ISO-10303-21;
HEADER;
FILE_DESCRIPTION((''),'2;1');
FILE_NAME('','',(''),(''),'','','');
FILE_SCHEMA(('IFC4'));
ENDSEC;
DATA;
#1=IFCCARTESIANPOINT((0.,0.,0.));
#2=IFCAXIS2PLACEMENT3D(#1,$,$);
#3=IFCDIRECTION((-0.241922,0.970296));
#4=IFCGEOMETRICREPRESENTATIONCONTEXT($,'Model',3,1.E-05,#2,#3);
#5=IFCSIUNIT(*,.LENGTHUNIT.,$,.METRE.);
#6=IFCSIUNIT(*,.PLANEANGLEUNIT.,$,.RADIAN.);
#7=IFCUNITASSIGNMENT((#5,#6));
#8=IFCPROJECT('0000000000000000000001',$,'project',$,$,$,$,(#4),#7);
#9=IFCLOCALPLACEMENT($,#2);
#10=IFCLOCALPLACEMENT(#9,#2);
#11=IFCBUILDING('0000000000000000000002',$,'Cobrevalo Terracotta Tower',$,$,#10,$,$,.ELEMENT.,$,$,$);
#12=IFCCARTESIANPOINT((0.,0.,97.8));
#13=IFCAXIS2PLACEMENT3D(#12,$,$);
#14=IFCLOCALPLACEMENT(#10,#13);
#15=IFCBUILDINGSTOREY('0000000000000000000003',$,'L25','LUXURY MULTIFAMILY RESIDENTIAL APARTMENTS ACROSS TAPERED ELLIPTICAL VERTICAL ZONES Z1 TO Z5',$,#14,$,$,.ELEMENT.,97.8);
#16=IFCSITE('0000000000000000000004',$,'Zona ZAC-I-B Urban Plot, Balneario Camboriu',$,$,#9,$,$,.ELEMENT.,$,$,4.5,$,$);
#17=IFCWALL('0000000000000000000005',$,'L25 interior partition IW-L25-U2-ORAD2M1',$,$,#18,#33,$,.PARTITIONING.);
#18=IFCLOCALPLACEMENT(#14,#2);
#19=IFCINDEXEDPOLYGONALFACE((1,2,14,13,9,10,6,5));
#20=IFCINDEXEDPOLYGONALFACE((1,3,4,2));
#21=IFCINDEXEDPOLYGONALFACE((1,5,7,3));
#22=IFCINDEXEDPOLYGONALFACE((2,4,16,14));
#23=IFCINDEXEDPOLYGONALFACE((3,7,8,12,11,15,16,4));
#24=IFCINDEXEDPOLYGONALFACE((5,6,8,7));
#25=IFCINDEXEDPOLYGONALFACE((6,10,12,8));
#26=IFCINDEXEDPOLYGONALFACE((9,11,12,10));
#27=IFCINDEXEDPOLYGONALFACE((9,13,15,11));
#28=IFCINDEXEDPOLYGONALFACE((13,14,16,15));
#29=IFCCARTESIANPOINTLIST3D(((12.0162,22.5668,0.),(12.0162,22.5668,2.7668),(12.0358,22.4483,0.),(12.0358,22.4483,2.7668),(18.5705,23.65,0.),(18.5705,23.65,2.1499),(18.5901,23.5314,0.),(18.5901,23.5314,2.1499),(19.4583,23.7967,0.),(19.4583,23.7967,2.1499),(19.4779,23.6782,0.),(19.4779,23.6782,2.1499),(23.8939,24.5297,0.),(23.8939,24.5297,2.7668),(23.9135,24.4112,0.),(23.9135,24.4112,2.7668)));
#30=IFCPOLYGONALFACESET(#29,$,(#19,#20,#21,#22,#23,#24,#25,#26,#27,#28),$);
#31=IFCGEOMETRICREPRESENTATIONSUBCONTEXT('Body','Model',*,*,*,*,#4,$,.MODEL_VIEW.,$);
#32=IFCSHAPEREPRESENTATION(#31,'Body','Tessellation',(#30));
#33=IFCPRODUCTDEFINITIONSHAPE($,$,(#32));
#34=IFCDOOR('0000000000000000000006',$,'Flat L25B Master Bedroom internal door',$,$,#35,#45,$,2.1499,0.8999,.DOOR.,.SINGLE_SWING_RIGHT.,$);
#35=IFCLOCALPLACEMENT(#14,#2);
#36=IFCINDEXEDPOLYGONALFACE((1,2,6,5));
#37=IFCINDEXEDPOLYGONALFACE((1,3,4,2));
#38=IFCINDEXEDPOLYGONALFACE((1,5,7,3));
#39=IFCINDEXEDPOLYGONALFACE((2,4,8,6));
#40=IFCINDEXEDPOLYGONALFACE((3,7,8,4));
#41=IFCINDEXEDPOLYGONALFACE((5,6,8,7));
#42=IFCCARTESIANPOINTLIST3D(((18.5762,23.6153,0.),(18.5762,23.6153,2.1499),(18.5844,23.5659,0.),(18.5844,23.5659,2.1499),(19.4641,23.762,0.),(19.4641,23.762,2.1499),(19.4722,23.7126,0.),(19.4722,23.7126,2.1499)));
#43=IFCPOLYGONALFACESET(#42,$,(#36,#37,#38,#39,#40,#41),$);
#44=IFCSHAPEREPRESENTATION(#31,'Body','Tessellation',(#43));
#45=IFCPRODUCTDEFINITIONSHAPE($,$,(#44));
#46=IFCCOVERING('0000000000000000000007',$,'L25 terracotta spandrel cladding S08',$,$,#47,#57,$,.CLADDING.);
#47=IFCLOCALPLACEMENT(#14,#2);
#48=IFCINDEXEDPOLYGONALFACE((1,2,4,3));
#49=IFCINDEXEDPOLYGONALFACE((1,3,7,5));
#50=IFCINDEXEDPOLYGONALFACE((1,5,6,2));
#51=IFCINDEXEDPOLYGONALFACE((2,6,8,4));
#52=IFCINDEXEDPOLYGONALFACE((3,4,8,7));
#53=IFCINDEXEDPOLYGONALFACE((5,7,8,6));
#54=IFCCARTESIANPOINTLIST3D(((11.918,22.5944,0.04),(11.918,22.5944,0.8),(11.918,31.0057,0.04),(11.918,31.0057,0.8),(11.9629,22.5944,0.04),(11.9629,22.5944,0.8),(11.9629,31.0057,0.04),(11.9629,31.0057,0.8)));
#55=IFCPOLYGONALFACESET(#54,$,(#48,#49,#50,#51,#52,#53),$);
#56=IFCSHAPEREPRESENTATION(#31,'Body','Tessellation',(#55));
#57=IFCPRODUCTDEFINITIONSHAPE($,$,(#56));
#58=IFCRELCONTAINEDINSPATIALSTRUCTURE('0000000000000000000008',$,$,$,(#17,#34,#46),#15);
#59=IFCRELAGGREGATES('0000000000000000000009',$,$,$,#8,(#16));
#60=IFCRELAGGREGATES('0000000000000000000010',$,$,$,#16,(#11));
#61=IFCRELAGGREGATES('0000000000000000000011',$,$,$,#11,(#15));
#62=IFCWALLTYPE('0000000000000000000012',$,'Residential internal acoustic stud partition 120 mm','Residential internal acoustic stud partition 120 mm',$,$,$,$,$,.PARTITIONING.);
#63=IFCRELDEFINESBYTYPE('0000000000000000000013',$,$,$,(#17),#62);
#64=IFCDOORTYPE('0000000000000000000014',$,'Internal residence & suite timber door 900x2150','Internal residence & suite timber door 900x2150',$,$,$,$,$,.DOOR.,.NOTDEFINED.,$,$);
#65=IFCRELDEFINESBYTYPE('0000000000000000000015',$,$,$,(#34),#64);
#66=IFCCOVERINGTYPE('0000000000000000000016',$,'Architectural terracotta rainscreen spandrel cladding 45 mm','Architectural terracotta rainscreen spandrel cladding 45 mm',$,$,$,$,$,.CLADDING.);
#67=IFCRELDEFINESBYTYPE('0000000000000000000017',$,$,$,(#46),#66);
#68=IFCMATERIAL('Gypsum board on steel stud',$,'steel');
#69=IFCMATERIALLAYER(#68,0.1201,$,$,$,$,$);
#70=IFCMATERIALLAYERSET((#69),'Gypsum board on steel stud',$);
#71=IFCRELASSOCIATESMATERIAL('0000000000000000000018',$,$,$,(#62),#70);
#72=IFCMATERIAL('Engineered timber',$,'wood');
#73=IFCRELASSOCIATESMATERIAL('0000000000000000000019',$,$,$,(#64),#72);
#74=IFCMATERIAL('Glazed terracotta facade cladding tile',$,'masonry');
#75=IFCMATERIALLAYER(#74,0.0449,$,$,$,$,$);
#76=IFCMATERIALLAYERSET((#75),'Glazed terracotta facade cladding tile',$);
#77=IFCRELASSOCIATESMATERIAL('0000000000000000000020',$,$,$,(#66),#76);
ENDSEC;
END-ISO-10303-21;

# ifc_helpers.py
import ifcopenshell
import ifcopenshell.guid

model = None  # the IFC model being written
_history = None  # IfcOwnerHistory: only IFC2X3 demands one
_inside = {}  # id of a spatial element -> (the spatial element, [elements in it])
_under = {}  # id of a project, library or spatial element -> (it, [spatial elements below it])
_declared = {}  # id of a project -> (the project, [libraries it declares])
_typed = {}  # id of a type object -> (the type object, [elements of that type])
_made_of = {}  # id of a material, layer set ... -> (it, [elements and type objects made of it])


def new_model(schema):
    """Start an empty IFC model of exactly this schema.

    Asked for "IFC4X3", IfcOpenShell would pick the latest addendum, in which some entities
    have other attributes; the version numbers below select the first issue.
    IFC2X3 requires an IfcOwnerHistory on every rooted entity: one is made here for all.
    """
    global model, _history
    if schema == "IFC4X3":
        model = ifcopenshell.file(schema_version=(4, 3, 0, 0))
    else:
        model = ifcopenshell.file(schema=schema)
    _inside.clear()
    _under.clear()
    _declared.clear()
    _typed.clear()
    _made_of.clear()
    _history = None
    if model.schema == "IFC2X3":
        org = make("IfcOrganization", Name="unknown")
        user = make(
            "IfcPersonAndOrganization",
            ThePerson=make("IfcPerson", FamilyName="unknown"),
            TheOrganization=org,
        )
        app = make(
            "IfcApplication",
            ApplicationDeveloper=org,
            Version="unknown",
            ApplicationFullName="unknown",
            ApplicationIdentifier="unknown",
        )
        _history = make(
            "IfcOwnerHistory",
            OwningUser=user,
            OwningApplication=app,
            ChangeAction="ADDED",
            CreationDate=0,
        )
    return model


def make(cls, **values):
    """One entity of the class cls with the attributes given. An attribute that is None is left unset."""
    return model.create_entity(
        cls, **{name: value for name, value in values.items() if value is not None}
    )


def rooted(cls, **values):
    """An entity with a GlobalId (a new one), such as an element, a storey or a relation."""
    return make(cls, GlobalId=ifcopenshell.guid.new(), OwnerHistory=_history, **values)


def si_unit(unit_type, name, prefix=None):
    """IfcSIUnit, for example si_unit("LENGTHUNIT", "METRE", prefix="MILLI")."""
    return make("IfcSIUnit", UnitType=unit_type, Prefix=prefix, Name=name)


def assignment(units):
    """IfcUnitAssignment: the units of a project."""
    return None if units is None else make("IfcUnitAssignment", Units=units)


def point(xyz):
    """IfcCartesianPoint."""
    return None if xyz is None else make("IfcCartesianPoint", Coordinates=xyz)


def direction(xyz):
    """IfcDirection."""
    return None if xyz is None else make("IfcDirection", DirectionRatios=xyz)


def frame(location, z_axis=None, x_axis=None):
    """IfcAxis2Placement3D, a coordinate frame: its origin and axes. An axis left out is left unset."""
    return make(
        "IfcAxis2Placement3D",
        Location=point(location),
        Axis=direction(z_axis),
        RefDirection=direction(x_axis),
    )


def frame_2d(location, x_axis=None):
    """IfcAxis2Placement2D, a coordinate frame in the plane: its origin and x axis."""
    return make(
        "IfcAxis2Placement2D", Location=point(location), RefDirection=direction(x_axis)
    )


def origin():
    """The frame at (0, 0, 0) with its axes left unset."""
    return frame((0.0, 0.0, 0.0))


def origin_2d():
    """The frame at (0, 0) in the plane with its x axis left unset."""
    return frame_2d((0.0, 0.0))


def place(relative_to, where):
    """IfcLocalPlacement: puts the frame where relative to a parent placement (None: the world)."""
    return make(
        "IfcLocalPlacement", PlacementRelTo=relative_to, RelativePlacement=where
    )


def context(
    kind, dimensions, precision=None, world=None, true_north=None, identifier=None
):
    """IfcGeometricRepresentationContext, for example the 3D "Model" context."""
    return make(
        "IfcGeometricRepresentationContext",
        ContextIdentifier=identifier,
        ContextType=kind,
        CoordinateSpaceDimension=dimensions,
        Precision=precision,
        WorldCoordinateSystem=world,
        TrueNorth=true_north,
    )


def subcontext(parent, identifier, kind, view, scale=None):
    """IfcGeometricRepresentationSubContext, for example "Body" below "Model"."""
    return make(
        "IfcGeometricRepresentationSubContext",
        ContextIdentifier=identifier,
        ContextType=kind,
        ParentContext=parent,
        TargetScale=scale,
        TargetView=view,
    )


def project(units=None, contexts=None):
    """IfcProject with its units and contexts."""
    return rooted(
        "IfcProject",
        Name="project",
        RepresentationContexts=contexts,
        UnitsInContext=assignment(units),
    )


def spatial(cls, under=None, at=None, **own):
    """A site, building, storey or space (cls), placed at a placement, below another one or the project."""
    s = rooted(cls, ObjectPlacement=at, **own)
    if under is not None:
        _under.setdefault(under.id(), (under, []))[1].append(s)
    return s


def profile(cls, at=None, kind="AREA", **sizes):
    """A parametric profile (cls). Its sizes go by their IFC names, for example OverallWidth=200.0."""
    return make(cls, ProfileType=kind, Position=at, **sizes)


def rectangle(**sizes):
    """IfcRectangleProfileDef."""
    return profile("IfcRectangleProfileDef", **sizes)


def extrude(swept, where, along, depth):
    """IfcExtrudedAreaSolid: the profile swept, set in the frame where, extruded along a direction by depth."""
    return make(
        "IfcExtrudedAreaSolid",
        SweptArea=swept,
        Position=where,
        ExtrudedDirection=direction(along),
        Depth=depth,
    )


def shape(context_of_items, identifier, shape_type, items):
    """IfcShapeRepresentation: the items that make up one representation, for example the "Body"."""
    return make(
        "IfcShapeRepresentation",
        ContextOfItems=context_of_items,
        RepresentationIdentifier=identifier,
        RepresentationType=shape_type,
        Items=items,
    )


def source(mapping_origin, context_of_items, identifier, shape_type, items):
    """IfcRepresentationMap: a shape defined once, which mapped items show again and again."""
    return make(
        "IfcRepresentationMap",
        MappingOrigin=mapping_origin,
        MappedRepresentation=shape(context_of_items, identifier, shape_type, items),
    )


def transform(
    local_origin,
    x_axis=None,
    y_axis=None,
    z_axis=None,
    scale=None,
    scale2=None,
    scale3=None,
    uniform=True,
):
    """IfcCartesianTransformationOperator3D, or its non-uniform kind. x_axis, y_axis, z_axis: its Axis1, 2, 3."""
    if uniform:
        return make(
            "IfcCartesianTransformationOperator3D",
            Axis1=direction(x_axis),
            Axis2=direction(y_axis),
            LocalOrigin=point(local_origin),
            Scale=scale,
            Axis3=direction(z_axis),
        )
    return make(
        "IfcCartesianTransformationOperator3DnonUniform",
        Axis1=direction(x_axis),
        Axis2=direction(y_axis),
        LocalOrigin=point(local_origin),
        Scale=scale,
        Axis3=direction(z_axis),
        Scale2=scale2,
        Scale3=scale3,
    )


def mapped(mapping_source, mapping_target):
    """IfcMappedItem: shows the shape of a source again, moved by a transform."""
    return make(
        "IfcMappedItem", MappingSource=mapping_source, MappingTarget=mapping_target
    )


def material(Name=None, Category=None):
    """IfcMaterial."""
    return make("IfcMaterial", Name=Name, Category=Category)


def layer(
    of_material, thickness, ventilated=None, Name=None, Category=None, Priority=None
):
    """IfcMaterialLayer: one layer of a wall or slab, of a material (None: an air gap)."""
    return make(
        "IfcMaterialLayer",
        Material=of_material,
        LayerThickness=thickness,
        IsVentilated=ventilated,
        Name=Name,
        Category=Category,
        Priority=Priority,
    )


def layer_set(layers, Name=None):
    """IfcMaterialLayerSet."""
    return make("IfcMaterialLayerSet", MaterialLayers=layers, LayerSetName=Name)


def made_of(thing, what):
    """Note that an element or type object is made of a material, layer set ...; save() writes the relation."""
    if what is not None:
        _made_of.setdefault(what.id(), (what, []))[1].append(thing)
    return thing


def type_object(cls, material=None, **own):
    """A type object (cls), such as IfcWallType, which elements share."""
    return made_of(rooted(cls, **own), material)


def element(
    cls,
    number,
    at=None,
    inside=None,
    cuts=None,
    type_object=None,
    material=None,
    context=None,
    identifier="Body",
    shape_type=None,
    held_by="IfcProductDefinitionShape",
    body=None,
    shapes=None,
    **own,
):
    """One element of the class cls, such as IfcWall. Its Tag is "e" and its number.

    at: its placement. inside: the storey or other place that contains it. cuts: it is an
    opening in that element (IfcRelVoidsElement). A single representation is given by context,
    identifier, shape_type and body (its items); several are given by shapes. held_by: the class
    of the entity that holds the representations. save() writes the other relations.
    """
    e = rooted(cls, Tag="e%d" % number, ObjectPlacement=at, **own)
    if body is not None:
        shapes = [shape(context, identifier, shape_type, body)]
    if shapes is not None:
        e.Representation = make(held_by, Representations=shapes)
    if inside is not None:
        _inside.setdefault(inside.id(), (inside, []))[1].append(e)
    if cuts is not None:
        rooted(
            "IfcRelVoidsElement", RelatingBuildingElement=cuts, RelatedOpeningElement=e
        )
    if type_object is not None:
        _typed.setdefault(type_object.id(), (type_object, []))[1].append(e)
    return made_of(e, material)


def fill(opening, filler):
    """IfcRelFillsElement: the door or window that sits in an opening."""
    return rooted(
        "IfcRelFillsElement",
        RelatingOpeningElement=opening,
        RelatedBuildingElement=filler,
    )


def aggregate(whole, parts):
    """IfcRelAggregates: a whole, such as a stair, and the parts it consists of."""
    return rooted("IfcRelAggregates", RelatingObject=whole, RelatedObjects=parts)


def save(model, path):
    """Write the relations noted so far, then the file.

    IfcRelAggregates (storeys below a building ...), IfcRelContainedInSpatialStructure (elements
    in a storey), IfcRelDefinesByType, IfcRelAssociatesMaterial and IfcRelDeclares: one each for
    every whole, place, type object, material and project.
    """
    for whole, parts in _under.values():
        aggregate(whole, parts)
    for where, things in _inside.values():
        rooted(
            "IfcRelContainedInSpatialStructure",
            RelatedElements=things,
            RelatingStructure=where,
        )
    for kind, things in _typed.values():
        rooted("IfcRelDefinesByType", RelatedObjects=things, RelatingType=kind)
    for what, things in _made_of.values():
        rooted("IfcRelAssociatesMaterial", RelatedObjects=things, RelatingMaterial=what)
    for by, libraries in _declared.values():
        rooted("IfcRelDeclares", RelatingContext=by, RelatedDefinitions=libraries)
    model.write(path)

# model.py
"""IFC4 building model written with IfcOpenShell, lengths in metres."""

from ifc_helpers import new_model, si_unit, direction, frame, frame_2d, origin, origin_2d, place, context, subcontext, project, spatial, rectangle, extrude, source, transform, mapped, material, layer, layer_set, type_object, element, fill, save


model = new_model("IFC4")

# Units and contexts
model_context = context("Model", 3, precision=1e-05, world=origin(), true_north=direction((-0.241922, 0.970296)))
body_context = subcontext(model_context, "Body", "Model", "MODEL_VIEW")
ifc_project = project(units=[si_unit("LENGTHUNIT", "METRE"), si_unit("PLANEANGLEUNIT", "RADIAN")], contexts=[model_context])

# Site, building, storey
site_placement = place(None, origin())
site = spatial("IfcSite", under=ifc_project, at=site_placement, Name="Zona ZAC-I-B Urban Plot, Balneario Camboriu", CompositionType="ELEMENT", RefElevation=4.5)
building_placement = place(site_placement, origin())
building = spatial("IfcBuilding", under=site, at=building_placement, Name="Cobrevalo Terracotta Tower", CompositionType="ELEMENT")
storey_placement = place(building_placement, frame((0.0, 0.0, 97.8)))
storey = spatial("IfcBuildingStorey", under=building, at=storey_placement, Name="L25", Description="LUXURY MULTIFAMILY RESIDENTIAL APARTMENTS ACROSS TAPERED ELLIPTICAL VERTICAL ZONES Z1 TO Z5", CompositionType="ELEMENT", Elevation=97.8)

# Shared definitions
ifc_material_1 = material(Name="Gypsum board on steel stud", Category="steel")
ifc_layer_1 = layer(ifc_material_1, 0.1201)
ifc_layer_set_1 = layer_set([ifc_layer_1], Name="Gypsum board on steel stud")
wall_type_1 = type_object("IfcWallType", Name="Residential internal acoustic stud partition 120 mm", Description="Residential internal acoustic stud partition 120 mm", PredefinedType="PARTITIONING", material=ifc_layer_set_1)

# Wall, opening, door
ifc_material_2 = material(Name="Engineered timber", Category="wood")
door_type = type_object("IfcDoorType", Name="Internal residence & suite timber door 900x2150", Description="Internal residence & suite timber door 900x2150", OperationType="NOTDEFINED", PredefinedType="DOOR", material=ifc_material_2)
shared_shape_1 = source(origin(), body_context, "Body", "SweptSolid", [
    extrude(rectangle(XDim=0.8999, YDim=2.1499, at=frame_2d((0.45, 1.075))), frame((0.0, 0.0249, 0.0), z_axis=(0.0, -1.0, 0.0), x_axis=(1.0, 0.0, 0.0)), (0.0, 0.0, 1.0), 0.05),
])
wall_1_placement = place(storey_placement, frame((23.9038, 24.4705, 0.0), z_axis=(0.0, 0.0, 1.0), x_axis=(-0.986618, -0.163047, 0.0)))
wall_1 = element("IfcWall", 1, at=wall_1_placement, inside=storey, type_object=wall_type_1, Name="L25 interior partition IW-L25-U2-ORAD2M1", PredefinedType="PARTITIONING", context=body_context, shape_type="SweptSolid", body=[
    extrude(rectangle(XDim=12.0388, YDim=0.1201, at=frame_2d((6.0195, 0.0))), origin(), (0.0, 0.0, 1.0), 2.7668),
])
opening_1_placement = place(wall_1_placement, frame((4.4958, 0.0, 0.0)))
opening_1 = element("IfcOpeningElement", 2, at=opening_1_placement, cuts=wall_1, PredefinedType="OPENING", context=body_context, shape_type="SweptSolid", body=[
    extrude(rectangle(XDim=0.8999, YDim=2.1499, at=frame_2d((0.45, 1.075))), frame((0.0, 0.0701, 0.0), z_axis=(0.0, -1.0, 0.0), x_axis=(1.0, 0.0, 0.0)), (0.0, 0.0, 1.0), 0.1401),
])
door_1_placement = place(opening_1_placement, frame((0.8999, 0.0, 0.0), z_axis=(0.0, 0.0, 1.0), x_axis=(-1.0, 0.0, 0.0)))
door_1 = element("IfcDoor", 3, at=door_1_placement, inside=storey, type_object=door_type, Name="Flat L25B Master Bedroom internal door", OperationType="SINGLE_SWING_RIGHT", OverallHeight=2.1499, OverallWidth=0.8999, PredefinedType="DOOR", context=body_context, shape_type="MappedRepresentation", body=[
    mapped(shared_shape_1, transform((0.0, 0.0, 0.0), scale=1.0)),
])
fill(opening_1, door_1)

# Covering
ifc_material_3 = material(Name="Glazed terracotta facade cladding tile", Category="masonry")
ifc_layer_2 = layer(ifc_material_3, 0.0449)
ifc_layer_set_2 = layer_set([ifc_layer_2], Name="Glazed terracotta facade cladding tile")
covering_type = type_object("IfcCoveringType", Name="Architectural terracotta rainscreen spandrel cladding 45 mm", Description="Architectural terracotta rainscreen spandrel cladding 45 mm", PredefinedType="CLADDING", material=ifc_layer_set_2)
shared_shape_2 = source(origin(), body_context, "Body", "SweptSolid", [
    extrude(rectangle(XDim=8.4114, YDim=0.0449, at=origin_2d()), origin(), (0.0, 0.0, 1.0), 0.76),
])
covering_placement = place(storey_placement, frame((11.9404, 26.8, 0.04), z_axis=(0.0, 0.0, 1.0), x_axis=(0.0, -1.0, 0.0)))
element("IfcCovering", 4, at=covering_placement, inside=storey, type_object=covering_type, Name="L25 terracotta spandrel cladding S08", PredefinedType="CLADDING", context=body_context, shape_type="MappedRepresentation", body=[
    mapped(shared_shape_2, transform((0.0, 0.0, 0.0), scale=1.0)),
])

save(model, "model.ifc")
